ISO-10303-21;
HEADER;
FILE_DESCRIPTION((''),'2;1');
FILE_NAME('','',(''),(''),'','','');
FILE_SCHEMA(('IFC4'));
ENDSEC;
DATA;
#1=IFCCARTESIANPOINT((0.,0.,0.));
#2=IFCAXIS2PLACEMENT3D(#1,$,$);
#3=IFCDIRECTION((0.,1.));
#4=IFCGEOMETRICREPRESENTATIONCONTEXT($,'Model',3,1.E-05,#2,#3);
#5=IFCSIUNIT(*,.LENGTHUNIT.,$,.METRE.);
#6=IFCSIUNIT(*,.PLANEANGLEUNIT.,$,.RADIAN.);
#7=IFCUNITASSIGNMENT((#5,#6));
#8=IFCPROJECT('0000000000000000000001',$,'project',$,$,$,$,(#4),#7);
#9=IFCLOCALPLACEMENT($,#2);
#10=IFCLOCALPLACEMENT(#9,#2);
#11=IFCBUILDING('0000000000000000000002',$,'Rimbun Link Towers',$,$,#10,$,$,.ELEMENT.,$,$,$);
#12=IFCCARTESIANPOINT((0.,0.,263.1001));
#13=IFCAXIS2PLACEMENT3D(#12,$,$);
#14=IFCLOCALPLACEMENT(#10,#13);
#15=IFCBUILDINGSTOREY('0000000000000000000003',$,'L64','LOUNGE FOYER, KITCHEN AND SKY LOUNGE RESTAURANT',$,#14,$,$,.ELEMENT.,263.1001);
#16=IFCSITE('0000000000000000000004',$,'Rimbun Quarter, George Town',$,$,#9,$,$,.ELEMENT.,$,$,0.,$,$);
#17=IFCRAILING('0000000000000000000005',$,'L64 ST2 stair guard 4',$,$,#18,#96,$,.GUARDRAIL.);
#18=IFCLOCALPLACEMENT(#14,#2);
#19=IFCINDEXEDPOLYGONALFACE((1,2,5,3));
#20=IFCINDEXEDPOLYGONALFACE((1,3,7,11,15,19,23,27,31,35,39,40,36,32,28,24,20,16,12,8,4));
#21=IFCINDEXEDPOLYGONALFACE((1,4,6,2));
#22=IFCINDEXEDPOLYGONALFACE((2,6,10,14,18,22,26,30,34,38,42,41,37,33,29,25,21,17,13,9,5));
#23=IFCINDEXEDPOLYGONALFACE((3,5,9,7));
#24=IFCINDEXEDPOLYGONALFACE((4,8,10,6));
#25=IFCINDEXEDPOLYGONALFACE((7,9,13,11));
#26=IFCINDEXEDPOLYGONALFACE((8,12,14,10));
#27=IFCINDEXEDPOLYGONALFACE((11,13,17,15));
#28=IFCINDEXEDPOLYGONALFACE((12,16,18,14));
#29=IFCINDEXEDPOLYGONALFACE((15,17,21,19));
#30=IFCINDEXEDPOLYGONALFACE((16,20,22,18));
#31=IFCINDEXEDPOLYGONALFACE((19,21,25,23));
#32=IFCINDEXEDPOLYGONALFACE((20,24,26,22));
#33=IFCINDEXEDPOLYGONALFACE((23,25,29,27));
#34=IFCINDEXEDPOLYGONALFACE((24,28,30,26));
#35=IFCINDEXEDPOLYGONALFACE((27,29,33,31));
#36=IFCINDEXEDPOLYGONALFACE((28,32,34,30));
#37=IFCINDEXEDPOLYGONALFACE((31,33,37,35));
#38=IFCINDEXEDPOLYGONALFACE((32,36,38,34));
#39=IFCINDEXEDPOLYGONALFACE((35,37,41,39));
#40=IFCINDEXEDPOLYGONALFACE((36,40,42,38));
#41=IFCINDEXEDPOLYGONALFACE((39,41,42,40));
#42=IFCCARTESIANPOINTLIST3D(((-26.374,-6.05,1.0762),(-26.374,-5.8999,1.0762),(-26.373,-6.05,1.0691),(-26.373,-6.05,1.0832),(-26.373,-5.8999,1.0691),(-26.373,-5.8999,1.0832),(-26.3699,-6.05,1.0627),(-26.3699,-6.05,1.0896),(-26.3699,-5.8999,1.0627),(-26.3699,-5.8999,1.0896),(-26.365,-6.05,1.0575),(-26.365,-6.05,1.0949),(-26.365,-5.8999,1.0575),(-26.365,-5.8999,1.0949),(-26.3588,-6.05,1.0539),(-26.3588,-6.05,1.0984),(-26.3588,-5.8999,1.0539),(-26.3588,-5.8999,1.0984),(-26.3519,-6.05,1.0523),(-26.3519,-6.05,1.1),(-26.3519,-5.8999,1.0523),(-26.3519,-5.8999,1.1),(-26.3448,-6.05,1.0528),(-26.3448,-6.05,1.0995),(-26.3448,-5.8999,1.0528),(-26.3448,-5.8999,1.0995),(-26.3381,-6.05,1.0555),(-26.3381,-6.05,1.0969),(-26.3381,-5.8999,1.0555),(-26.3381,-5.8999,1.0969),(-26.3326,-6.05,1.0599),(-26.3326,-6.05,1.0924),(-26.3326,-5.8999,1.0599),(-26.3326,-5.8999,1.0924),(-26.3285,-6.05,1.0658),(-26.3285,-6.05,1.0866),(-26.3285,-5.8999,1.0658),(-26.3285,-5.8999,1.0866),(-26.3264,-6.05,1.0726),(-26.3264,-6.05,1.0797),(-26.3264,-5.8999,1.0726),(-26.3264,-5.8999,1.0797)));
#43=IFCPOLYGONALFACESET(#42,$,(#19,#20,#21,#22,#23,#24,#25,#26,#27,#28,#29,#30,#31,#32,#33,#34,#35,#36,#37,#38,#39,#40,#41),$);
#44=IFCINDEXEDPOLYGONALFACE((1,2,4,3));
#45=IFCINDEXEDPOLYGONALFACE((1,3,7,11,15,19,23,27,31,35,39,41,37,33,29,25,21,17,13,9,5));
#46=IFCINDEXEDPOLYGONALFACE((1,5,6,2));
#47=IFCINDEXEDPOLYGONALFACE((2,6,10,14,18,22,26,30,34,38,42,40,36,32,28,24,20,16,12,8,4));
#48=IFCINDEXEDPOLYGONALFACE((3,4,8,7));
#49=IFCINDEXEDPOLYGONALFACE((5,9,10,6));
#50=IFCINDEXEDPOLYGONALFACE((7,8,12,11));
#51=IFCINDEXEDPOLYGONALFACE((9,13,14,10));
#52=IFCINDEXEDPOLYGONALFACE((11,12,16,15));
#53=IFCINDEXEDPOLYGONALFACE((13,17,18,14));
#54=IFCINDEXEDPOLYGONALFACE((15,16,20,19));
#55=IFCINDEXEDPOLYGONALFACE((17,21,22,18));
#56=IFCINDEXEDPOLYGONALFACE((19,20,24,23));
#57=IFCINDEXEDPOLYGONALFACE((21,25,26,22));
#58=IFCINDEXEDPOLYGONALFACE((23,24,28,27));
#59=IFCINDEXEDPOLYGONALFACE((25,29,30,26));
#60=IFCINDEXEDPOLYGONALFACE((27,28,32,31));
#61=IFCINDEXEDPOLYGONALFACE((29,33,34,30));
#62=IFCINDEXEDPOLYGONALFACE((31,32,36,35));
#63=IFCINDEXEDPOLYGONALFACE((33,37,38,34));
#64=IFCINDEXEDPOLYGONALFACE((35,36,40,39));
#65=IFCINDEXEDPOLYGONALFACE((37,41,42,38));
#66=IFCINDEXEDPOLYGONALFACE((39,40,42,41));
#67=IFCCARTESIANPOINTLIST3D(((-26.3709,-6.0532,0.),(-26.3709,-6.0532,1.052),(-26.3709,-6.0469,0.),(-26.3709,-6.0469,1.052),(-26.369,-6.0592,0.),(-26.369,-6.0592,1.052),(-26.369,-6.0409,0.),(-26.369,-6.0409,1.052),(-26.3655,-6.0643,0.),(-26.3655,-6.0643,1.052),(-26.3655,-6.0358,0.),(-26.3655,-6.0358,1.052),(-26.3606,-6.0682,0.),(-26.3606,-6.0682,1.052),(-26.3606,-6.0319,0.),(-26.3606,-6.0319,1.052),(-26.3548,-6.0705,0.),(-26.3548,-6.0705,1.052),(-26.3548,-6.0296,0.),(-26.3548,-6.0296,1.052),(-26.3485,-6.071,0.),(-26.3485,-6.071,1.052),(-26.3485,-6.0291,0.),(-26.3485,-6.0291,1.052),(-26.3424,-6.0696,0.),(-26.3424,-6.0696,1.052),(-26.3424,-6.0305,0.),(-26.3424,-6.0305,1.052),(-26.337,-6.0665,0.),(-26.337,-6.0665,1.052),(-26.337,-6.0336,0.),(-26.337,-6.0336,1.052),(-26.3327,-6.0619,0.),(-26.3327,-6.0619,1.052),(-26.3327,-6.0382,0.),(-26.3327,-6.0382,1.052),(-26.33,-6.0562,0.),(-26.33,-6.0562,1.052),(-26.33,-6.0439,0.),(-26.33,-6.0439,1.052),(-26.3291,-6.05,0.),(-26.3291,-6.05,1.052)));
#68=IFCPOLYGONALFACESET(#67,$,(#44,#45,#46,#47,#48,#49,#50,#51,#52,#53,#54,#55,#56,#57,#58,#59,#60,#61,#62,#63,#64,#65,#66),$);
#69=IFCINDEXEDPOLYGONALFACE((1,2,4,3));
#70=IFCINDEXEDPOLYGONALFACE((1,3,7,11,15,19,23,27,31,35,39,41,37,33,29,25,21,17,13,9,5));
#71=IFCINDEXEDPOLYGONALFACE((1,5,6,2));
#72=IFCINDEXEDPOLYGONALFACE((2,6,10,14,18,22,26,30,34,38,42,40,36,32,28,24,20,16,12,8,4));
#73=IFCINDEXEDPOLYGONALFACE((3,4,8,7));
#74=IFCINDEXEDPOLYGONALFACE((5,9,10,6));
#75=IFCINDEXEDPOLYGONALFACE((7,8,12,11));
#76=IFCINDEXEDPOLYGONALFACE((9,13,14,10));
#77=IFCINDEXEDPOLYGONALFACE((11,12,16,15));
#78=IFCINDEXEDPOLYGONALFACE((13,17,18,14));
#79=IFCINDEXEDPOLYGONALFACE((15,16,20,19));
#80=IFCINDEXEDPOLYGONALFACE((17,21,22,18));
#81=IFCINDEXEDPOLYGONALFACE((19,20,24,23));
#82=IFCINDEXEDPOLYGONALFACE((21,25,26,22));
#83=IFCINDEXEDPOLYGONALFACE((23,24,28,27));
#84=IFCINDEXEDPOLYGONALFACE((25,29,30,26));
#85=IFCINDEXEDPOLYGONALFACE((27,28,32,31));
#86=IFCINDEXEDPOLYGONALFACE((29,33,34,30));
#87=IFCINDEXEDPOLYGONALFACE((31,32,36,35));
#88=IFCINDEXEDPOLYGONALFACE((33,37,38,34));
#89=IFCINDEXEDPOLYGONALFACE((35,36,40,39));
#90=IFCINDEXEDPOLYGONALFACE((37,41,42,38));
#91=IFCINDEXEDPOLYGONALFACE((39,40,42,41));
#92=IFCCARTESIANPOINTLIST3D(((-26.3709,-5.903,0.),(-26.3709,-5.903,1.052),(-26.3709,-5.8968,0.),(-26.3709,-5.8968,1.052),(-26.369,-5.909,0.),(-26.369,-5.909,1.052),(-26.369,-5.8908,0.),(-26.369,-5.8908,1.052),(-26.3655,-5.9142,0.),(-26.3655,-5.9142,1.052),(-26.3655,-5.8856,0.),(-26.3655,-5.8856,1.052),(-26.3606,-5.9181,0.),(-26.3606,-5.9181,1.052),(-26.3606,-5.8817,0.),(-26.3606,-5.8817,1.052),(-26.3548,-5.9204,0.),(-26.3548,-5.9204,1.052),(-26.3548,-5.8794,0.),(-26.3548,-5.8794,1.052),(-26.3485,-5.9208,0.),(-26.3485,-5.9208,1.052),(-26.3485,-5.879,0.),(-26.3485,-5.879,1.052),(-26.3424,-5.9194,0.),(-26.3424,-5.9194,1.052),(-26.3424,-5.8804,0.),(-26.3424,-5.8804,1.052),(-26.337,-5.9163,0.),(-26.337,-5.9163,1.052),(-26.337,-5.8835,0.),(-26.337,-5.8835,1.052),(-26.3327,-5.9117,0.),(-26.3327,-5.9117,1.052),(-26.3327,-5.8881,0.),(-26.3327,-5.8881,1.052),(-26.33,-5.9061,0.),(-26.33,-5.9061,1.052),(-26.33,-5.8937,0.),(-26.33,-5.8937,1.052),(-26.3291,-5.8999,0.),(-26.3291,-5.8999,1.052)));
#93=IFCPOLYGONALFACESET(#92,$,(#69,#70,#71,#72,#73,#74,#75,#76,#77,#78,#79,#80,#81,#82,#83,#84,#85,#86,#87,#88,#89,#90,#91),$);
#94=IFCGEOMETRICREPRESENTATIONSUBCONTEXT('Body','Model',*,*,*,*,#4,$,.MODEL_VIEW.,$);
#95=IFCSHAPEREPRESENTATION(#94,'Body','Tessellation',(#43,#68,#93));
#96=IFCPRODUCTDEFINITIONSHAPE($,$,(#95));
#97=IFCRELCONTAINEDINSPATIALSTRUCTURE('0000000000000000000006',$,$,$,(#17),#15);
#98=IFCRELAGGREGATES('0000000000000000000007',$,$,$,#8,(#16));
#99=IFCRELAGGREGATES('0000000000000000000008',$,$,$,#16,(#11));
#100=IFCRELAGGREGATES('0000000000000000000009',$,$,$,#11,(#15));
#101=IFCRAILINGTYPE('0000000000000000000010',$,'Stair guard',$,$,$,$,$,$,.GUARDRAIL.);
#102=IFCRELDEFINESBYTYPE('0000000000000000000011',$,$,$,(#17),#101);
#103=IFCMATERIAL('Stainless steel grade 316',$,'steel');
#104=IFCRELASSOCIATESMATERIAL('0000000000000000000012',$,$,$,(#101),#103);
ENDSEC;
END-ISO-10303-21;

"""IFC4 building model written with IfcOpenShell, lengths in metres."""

from ifc_helpers import new_model, si_unit, direction, frame, origin, origin_2d, place, context, subcontext, project, spatial, circle, extrude, material, type_object, element, save


model = new_model("IFC4")

# Units and contexts
model_context = context("Model", 3, precision=1e-05, world=origin(), true_north=direction((0.0, 1.0)))
body_context = subcontext(model_context, "Body", "Model", "MODEL_VIEW")
ifc_project = project(units=[si_unit("LENGTHUNIT", "METRE"), si_unit("PLANEANGLEUNIT", "RADIAN")], contexts=[model_context])

# Site, building, storey
site_placement = place(None, origin())
site = spatial("IfcSite", under=ifc_project, at=site_placement, Name="Rimbun Quarter, George Town", CompositionType="ELEMENT", RefElevation=0.0)
building_placement = place(site_placement, origin())
building = spatial("IfcBuilding", under=site, at=building_placement, Name="Rimbun Link Towers", CompositionType="ELEMENT")
storey_placement = place(building_placement, frame((0.0, 0.0, 263.1001)))
storey = spatial("IfcBuildingStorey", under=building, at=storey_placement, Name="L64", Description="LOUNGE FOYER, KITCHEN AND SKY LOUNGE RESTAURANT", CompositionType="ELEMENT", Elevation=263.1001)

# Railing
ifc_material_1 = material(Name="Stainless steel grade 316", Category="steel")
railing_type_1 = type_object("IfcRailingType", Name="Stair guard", PredefinedType="GUARDRAIL", material=ifc_material_1)
railing_1_placement = place(storey_placement, frame((-26.3501, -6.05, 0.0)))
element("IfcRailing", 1, at=railing_1_placement, inside=storey, type_object=railing_type_1, Name="L64 ST2 stair guard 4", PredefinedType="GUARDRAIL", context=body_context, shape_type="SweptSolid", body=[
    extrude(circle(Radius=0.0239, at=origin_2d()), frame((0.0, 0.0, 1.0762), z_axis=(0.0, 1.0, 0.0), x_axis=(-1.0, 0.0, 0.0)), (0.0, 0.0, 1.0), 0.1501),
    extrude(circle(Radius=0.021, at=origin_2d()), origin(), (0.0, 0.0, 1.0), 1.052),
    extrude(circle(Radius=0.021, at=origin_2d()), frame((0.0, 0.1501, 0.0)), (0.0, 0.0, 1.0), 1.052),
])

save(model, "model.ifc")
